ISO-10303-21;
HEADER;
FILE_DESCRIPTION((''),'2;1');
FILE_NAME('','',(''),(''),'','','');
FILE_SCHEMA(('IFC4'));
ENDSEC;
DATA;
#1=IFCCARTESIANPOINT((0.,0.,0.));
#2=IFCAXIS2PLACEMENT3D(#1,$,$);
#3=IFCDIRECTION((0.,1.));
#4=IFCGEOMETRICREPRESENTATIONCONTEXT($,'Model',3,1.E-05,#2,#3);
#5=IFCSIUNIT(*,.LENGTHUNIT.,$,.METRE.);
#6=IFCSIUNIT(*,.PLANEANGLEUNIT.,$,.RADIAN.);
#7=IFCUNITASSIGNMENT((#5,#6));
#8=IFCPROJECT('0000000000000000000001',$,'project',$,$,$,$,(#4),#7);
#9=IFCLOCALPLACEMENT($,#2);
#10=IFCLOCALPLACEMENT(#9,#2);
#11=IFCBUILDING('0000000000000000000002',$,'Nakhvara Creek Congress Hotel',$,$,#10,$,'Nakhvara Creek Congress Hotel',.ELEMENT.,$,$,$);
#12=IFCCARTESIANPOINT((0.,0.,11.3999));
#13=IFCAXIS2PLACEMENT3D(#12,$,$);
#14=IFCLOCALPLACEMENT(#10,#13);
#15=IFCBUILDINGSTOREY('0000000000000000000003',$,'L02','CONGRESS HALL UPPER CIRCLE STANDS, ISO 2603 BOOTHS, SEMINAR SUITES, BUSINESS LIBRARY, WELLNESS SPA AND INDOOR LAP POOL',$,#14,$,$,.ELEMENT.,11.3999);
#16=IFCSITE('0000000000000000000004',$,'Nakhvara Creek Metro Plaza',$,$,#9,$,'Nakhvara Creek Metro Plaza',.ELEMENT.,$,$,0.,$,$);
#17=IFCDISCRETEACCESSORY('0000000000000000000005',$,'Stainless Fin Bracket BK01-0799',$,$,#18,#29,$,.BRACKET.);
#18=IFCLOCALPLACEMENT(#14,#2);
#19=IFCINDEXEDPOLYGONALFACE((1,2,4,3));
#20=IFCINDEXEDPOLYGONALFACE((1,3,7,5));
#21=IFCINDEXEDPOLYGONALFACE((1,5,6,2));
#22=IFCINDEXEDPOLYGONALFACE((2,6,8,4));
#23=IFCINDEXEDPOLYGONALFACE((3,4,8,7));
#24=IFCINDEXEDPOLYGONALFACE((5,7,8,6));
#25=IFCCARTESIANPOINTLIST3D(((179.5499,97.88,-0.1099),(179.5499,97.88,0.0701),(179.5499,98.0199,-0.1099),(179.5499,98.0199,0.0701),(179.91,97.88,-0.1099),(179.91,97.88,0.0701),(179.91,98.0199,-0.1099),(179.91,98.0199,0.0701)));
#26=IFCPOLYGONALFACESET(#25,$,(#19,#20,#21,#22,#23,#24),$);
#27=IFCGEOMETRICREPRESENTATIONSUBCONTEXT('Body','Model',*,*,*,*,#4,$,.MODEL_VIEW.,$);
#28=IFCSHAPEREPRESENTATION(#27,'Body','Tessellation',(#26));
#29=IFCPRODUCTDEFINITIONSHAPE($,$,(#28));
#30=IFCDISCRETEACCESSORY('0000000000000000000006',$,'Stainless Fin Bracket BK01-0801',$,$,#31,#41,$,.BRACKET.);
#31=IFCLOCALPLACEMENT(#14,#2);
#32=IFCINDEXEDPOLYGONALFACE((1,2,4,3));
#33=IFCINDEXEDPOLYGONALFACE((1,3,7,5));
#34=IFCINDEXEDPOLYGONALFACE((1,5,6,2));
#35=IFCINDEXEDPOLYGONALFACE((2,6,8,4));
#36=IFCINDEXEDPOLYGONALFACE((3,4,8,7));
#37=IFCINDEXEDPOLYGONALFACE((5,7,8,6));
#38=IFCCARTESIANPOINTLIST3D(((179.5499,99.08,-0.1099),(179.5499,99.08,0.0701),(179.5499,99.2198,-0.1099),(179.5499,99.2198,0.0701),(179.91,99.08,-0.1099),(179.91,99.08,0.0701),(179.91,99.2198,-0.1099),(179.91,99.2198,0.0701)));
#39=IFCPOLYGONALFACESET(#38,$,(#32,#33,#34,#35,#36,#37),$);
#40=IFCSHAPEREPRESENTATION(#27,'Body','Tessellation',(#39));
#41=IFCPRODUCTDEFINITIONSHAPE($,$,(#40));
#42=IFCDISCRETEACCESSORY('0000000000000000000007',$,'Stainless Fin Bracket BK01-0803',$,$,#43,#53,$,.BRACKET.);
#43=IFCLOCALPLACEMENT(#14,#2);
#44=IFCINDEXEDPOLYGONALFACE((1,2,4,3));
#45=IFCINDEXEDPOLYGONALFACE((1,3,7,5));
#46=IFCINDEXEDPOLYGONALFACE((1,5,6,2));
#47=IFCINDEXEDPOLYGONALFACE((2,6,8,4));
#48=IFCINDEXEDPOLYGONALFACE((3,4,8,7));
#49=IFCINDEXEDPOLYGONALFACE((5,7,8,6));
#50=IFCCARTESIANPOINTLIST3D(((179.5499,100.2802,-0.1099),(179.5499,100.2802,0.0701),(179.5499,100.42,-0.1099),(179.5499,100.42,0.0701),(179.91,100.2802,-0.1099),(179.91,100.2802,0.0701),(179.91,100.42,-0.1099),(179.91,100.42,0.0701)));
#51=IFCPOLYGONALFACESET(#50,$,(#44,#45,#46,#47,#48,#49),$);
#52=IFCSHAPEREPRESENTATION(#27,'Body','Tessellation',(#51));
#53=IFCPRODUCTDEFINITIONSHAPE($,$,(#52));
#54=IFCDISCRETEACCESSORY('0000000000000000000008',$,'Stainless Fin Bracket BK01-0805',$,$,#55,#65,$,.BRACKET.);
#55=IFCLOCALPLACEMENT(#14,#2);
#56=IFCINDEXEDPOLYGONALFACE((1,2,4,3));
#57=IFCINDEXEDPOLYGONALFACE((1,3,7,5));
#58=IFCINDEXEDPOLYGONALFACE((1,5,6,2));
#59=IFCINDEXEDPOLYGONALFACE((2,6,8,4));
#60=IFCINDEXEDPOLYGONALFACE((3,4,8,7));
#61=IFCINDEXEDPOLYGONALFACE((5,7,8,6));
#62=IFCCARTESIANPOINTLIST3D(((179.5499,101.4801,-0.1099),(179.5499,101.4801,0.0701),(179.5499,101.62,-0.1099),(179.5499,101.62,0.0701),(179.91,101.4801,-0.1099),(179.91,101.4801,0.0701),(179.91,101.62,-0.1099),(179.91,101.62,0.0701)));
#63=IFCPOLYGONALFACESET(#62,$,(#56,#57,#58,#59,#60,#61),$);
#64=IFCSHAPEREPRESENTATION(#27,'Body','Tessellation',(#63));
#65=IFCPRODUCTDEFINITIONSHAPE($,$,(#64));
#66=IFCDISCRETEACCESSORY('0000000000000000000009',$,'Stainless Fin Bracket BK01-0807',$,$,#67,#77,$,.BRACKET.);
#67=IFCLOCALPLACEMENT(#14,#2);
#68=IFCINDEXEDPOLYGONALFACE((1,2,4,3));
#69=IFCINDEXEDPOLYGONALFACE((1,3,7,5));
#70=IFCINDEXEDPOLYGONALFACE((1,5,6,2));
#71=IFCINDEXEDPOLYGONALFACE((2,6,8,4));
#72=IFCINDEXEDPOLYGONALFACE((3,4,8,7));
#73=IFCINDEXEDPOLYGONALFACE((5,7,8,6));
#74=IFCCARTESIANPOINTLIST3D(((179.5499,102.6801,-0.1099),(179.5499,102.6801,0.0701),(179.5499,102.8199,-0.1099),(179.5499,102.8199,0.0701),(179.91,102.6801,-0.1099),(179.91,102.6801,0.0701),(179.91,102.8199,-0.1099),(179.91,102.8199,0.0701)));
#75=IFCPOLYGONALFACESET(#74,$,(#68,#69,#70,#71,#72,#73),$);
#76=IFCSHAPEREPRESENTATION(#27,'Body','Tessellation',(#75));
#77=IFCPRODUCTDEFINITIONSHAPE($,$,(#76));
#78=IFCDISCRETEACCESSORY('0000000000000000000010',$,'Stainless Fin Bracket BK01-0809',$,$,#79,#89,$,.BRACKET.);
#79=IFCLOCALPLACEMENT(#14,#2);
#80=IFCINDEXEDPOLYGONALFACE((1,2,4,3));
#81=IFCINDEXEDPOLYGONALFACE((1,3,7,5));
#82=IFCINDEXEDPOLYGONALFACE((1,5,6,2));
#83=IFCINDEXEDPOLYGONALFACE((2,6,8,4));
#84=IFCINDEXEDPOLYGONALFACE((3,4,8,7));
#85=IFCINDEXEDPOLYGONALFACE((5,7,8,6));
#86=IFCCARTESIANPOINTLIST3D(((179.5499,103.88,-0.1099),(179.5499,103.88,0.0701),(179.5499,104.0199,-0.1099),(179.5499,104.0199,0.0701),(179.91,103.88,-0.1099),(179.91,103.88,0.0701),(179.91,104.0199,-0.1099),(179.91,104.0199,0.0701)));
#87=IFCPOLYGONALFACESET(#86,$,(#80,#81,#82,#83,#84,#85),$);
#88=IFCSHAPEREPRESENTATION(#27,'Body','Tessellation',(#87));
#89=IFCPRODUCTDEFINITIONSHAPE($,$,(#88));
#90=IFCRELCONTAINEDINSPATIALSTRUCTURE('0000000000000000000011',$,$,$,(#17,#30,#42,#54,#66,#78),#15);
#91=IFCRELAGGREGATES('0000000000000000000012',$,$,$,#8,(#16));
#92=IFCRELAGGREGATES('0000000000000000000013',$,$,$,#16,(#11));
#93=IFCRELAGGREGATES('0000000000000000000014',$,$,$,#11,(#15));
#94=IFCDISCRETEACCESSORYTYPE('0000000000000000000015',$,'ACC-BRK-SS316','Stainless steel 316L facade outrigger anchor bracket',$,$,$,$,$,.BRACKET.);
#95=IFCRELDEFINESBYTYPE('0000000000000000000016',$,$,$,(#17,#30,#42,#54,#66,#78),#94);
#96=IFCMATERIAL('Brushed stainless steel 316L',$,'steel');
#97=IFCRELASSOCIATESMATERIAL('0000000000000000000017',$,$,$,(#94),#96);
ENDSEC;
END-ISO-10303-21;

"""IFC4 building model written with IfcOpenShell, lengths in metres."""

from ifc_helpers import new_model, si_unit, direction, frame, origin, origin_2d, place, context, subcontext, project, spatial, rectangle, extrude, material, type_object, element, save


model = new_model("IFC4")

# Units and contexts
model_context = context("Model", 3, precision=1e-05, world=origin(), true_north=direction((0.0, 1.0)))
body_context = subcontext(model_context, "Body", "Model", "MODEL_VIEW")
ifc_project = project(units=[si_unit("LENGTHUNIT", "METRE"), si_unit("PLANEANGLEUNIT", "RADIAN")], contexts=[model_context])

# Site, building, storey
site_placement = place(None, origin())
site = spatial("IfcSite", under=ifc_project, at=site_placement, Name="Nakhvara Creek Metro Plaza", LongName="Nakhvara Creek Metro Plaza", CompositionType="ELEMENT", RefElevation=0.0)
building_placement = place(site_placement, origin())
building = spatial("IfcBuilding", under=site, at=building_placement, Name="Nakhvara Creek Congress Hotel", LongName="Nakhvara Creek Congress Hotel", CompositionType="ELEMENT")
storey_placement = place(building_placement, frame((0.0, 0.0, 11.3999)))
storey = spatial("IfcBuildingStorey", under=building, at=storey_placement, Name="L02", Description="CONGRESS HALL UPPER CIRCLE STANDS, ISO 2603 BOOTHS, SEMINAR SUITES, BUSINESS LIBRARY, WELLNESS SPA AND INDOOR LAP POOL", CompositionType="ELEMENT", Elevation=11.3999)

# Discrete accessories
ifc_material_1 = material(Name="Brushed stainless steel 316L", Category="steel")
discrete_accessory_type = type_object("IfcDiscreteAccessoryType", Name="ACC-BRK-SS316", Description="Stainless steel 316L facade outrigger anchor bracket", PredefinedType="BRACKET", material=ifc_material_1)
for number, where, z_axis, x_axis, name in (
    (1, (179.73, 97.95, -0.1099), (0.0, 0.0, 1.0), (0.0, 1.0, 0.0), "Stainless Fin Bracket BK01-0799"),
    (2, (179.73, 99.1499, -0.1099), (0.0, 0.0, 1.0), (0.0, 1.0, 0.0), "Stainless Fin Bracket BK01-0801"),
    (3, (179.73, 100.3501, -0.1099), (0.0, 0.0, 1.0), (0.0, 1.0, 0.0), "Stainless Fin Bracket BK01-0803"),
    (4, (179.73, 101.55, -0.1099), (0.0, 0.0, 1.0), (0.0, 1.0, 0.0), "Stainless Fin Bracket BK01-0805"),
    (5, (179.73, 102.75, -0.1099), (0.0, 0.0, 1.0), (0.0, 1.0, 0.0), "Stainless Fin Bracket BK01-0807"),
    (6, (179.73, 103.95, -0.1099), (0.0, 0.0, 1.0), (0.0, 1.0, 0.0), "Stainless Fin Bracket BK01-0809"),
):
    element("IfcDiscreteAccessory", number, at=place(storey_placement, frame(where, z_axis=z_axis, x_axis=x_axis)), inside=storey, type_object=discrete_accessory_type, Name=name, PredefinedType="BRACKET", context=body_context, shape_type="SweptSolid", body=[
        extrude(rectangle(XDim=0.1399, YDim=0.3601, at=origin_2d()), origin(), (0.0, 0.0, 1.0), 0.1799),
    ])

save(model, "model.ifc")
